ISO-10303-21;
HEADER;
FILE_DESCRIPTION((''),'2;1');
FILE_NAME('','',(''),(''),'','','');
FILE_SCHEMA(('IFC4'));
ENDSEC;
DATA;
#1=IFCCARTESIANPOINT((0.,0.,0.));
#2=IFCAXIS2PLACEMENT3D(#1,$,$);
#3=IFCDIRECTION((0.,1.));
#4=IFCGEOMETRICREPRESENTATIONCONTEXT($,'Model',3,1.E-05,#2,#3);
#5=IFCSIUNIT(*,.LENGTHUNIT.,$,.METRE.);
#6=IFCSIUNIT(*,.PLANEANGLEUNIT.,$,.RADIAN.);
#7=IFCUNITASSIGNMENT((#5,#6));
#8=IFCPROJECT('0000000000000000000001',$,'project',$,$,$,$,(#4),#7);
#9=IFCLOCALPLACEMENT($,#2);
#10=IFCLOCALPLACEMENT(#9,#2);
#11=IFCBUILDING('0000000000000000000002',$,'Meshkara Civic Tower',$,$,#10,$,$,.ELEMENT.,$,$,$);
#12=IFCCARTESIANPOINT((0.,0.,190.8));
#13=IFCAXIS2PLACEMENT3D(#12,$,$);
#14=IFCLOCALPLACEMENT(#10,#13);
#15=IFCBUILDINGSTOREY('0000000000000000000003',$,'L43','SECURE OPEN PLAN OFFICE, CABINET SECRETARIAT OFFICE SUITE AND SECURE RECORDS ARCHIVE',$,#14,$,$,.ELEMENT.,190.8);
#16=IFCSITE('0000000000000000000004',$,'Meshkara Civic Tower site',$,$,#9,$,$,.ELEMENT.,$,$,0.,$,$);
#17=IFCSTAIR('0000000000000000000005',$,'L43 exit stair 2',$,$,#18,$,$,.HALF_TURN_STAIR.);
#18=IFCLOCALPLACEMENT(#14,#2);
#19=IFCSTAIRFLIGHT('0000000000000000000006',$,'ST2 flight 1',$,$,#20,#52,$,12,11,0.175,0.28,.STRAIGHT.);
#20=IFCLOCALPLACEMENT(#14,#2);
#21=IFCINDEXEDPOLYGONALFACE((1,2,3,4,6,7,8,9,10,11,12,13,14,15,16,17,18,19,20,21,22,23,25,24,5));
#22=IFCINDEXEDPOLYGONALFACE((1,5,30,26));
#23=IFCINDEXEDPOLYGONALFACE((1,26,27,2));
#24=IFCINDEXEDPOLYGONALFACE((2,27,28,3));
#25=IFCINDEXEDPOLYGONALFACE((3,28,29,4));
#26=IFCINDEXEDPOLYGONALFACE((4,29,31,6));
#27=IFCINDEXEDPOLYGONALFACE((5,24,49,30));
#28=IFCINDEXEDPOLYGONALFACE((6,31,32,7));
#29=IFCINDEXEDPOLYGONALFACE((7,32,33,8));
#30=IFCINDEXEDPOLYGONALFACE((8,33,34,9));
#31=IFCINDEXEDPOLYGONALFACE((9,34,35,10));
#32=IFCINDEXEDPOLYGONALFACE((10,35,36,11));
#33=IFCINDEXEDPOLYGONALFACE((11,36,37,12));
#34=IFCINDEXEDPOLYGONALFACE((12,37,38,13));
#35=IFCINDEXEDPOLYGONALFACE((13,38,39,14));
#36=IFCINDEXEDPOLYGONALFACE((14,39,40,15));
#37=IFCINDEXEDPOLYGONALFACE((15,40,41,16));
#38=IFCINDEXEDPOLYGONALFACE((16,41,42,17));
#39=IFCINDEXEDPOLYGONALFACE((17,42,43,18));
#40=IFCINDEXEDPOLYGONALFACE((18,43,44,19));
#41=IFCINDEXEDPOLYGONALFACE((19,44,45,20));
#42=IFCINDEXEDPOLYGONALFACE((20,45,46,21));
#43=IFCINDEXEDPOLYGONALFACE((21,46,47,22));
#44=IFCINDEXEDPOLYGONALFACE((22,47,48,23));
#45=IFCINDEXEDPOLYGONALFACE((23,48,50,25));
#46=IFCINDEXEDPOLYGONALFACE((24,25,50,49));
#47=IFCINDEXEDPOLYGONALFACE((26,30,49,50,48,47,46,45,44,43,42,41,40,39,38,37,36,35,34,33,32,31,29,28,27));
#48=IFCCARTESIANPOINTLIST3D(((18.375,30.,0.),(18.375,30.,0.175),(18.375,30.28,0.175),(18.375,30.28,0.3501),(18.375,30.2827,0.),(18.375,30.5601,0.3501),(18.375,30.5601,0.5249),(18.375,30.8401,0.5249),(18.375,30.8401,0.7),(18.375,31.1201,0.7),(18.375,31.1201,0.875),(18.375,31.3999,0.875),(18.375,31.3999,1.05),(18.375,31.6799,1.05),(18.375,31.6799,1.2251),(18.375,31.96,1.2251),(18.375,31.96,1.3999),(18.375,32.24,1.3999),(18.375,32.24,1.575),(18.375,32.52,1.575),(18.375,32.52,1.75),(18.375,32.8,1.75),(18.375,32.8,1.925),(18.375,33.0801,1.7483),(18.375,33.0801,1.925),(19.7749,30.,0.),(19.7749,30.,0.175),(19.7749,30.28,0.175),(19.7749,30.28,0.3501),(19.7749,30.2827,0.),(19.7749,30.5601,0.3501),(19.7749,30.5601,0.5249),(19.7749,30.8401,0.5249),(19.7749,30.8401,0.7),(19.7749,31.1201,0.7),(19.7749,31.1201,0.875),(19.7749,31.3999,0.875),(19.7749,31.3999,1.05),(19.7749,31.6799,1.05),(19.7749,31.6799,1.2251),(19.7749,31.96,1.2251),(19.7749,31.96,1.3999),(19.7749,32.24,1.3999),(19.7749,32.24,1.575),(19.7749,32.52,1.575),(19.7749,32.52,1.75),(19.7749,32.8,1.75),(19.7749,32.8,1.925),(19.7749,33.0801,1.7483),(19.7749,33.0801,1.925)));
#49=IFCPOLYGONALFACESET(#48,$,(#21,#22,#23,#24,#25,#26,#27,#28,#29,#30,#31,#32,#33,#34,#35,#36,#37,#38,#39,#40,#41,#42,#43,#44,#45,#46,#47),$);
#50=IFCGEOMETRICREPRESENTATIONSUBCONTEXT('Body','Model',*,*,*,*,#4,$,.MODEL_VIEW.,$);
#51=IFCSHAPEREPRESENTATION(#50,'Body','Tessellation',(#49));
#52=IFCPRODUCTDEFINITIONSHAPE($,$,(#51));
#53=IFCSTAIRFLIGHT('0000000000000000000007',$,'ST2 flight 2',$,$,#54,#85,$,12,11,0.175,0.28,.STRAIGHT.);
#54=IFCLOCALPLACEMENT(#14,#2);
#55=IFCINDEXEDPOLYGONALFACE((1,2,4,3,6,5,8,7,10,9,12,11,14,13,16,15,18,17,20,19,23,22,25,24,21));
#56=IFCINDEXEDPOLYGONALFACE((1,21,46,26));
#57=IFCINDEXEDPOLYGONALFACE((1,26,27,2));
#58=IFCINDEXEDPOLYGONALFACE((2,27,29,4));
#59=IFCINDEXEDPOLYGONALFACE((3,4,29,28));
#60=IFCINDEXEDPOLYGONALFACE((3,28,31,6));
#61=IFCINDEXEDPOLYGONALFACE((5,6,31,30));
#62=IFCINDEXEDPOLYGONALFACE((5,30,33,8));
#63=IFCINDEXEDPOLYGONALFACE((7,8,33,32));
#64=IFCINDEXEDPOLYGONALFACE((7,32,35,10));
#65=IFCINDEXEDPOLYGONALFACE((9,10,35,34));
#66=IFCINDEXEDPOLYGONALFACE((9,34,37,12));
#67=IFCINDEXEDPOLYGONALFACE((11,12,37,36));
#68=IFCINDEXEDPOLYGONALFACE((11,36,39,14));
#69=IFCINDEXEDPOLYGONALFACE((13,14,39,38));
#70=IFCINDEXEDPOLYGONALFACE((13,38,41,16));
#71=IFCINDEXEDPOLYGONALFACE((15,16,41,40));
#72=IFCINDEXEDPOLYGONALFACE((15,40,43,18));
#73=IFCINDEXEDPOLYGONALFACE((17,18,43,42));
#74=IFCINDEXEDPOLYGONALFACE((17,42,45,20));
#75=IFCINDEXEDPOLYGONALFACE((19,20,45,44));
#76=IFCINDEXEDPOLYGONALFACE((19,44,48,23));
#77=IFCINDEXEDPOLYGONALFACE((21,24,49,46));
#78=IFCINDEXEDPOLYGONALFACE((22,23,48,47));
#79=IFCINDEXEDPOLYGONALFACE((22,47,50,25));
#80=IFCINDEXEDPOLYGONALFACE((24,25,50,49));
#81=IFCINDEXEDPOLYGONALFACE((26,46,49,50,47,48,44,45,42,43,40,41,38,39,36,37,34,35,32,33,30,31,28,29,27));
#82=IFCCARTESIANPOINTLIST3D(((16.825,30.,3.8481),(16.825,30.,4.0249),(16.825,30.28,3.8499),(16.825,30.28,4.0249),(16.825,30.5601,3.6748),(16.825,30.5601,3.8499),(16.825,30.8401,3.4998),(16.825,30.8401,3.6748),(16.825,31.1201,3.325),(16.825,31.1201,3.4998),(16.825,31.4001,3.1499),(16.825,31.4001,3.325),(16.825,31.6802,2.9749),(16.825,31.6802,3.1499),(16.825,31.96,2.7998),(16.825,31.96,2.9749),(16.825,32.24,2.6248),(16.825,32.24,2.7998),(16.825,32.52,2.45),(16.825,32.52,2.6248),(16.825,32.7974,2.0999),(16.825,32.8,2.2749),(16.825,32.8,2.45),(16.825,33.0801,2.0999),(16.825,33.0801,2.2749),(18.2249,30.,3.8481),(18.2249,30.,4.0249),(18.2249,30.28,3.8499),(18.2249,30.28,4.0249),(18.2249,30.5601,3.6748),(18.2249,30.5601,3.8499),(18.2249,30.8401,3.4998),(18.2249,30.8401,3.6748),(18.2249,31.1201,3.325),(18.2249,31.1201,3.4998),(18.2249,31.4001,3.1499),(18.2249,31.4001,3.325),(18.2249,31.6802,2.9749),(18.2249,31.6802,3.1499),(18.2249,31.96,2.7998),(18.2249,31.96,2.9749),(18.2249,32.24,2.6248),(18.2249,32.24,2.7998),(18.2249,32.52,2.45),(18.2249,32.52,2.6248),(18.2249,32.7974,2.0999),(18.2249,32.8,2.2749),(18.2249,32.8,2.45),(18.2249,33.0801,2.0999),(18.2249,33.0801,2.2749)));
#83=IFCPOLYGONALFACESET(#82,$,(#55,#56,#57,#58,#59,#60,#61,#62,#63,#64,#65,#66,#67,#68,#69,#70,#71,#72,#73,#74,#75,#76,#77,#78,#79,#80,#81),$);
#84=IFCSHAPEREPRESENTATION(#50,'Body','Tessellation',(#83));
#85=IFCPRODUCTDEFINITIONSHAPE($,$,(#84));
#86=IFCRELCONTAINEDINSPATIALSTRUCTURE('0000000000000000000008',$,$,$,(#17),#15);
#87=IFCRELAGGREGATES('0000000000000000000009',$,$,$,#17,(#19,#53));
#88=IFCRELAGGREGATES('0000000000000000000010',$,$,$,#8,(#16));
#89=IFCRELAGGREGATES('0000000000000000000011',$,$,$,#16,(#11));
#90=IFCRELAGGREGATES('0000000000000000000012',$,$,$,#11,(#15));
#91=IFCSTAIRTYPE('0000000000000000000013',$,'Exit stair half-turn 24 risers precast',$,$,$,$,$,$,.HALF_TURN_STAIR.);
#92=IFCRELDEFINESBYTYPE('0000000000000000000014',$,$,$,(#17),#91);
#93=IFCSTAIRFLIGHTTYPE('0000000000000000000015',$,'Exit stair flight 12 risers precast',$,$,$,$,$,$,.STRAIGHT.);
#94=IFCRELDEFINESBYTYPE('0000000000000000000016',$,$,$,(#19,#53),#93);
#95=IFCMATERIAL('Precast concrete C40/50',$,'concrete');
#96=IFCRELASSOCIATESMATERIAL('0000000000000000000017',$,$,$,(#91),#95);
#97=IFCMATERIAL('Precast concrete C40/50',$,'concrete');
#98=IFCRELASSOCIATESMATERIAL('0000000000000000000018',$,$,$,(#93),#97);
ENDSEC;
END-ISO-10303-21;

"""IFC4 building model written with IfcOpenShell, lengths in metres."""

from ifc_helpers import new_model, si_unit, direction, frame, origin, place, context, subcontext, project, spatial, polyline, outline, extrude, material, type_object, element, aggregate, save


model = new_model("IFC4")

# Units and contexts
model_context = context("Model", 3, precision=1e-05, world=origin(), true_north=direction((0.0, 1.0)))
body_context = subcontext(model_context, "Body", "Model", "MODEL_VIEW")
ifc_project = project(units=[si_unit("LENGTHUNIT", "METRE"), si_unit("PLANEANGLEUNIT", "RADIAN")], contexts=[model_context])

# Site, building, storey
site_placement = place(None, origin())
site = spatial("IfcSite", under=ifc_project, at=site_placement, Name="Meshkara Civic Tower site", CompositionType="ELEMENT", RefElevation=0.0)
building_placement = place(site_placement, origin())
building = spatial("IfcBuilding", under=site, at=building_placement, Name="Meshkara Civic Tower", CompositionType="ELEMENT")
storey_placement = place(building_placement, frame((0.0, 0.0, 190.8)))
storey = spatial("IfcBuildingStorey", under=building, at=storey_placement, Name="L43", Description="SECURE OPEN PLAN OFFICE, CABINET SECRETARIAT OFFICE SUITE AND SECURE RECORDS ARCHIVE", CompositionType="ELEMENT", Elevation=190.8)

# Stair, stair flights
ifc_material_1 = material(Name="Precast concrete C40/50", Category="concrete")
stair_type = type_object("IfcStairType", Name="Exit stair half-turn 24 risers precast", PredefinedType="HALF_TURN_STAIR", material=ifc_material_1)
stair_placement = place(storey_placement, origin())
stair = element("IfcStair", 1, at=stair_placement, inside=storey, type_object=stair_type, Name="L43 exit stair 2", PredefinedType="HALF_TURN_STAIR")
ifc_material_2 = material(Name="Precast concrete C40/50", Category="concrete")
stair_flight_type = type_object("IfcStairFlightType", Name="Exit stair flight 12 risers precast", PredefinedType="STRAIGHT", material=ifc_material_2)
stair_flight_1_placement = place(storey_placement, frame((19.075, 30.0, 0.0), z_axis=(0.0, 0.0, 1.0), x_axis=(0.0, 1.0, 0.0)))
stair_flight_1 = element("IfcStairFlight", 2, at=stair_flight_1_placement, type_object=stair_flight_type, Name="ST2 flight 1", NumberOfRisers=12, NumberOfTreads=11, PredefinedType="STRAIGHT", RiserHeight=0.175, TreadLength=0.28, context=body_context, shape_type="SweptSolid", body=[
    extrude(outline(polyline([(0.0, 0.0), (0.0, 0.175), (0.28, 0.175), (0.28, 0.3501), (0.5601, 0.3501), (0.5601, 0.5249), (0.8401, 0.5249), (0.8401, 0.7), (1.1201, 0.7), (1.1201, 0.875), (1.3999, 0.875), (1.3999, 1.05), (1.6799, 1.05), (1.6799, 1.2251), (1.96, 1.2251), (1.96, 1.3999), (2.24, 1.3999), (2.24, 1.575), (2.52, 1.575), (2.52, 1.75), (2.8, 1.75), (2.8, 1.925), (3.0801, 1.925), (3.0801, 2.1001), (3.0801, 1.7483), (0.2827, 0.0), (0.0, 0.0)])), frame((0.0, 0.7, 0.0), z_axis=(0.0, -1.0, 0.0), x_axis=(1.0, 0.0, 0.0)), (0.0, 0.0, 1.0), 1.3999),
])
stair_flight_2_placement = place(storey_placement, frame((17.5249, 33.0801, 2.0999), z_axis=(0.0, 0.0, 1.0), x_axis=(0.0, -1.0, 0.0)))
stair_flight_2 = element("IfcStairFlight", 3, at=stair_flight_2_placement, type_object=stair_flight_type, Name="ST2 flight 2", NumberOfRisers=12, NumberOfTreads=11, PredefinedType="STRAIGHT", RiserHeight=0.175, TreadLength=0.28, context=body_context, shape_type="SweptSolid", body=[
    extrude(outline(polyline([(0.0, 0.0), (0.0, 0.175), (0.28, 0.175), (0.28, 0.3501), (0.5601, 0.3501), (0.5601, 0.5249), (0.8401, 0.5249), (0.8401, 0.7), (1.1201, 0.7), (1.1201, 0.875), (1.3999, 0.875), (1.3999, 1.05), (1.6799, 1.05), (1.6799, 1.2251), (1.96, 1.2251), (1.96, 1.3999), (2.24, 1.3999), (2.24, 1.575), (2.52, 1.575), (2.52, 1.75), (2.8, 1.75), (2.8, 1.925), (3.0801, 1.925), (3.0801, 2.1001), (3.0801, 1.7483), (0.2827, 0.0), (0.0, 0.0)])), frame((0.0, 0.7, 0.0), z_axis=(0.0, -1.0, 0.0), x_axis=(1.0, 0.0, 0.0)), (0.0, 0.0, 1.0), 1.3999),
])
aggregate(stair, [stair_flight_1, stair_flight_2])

save(model, "model.ifc")
